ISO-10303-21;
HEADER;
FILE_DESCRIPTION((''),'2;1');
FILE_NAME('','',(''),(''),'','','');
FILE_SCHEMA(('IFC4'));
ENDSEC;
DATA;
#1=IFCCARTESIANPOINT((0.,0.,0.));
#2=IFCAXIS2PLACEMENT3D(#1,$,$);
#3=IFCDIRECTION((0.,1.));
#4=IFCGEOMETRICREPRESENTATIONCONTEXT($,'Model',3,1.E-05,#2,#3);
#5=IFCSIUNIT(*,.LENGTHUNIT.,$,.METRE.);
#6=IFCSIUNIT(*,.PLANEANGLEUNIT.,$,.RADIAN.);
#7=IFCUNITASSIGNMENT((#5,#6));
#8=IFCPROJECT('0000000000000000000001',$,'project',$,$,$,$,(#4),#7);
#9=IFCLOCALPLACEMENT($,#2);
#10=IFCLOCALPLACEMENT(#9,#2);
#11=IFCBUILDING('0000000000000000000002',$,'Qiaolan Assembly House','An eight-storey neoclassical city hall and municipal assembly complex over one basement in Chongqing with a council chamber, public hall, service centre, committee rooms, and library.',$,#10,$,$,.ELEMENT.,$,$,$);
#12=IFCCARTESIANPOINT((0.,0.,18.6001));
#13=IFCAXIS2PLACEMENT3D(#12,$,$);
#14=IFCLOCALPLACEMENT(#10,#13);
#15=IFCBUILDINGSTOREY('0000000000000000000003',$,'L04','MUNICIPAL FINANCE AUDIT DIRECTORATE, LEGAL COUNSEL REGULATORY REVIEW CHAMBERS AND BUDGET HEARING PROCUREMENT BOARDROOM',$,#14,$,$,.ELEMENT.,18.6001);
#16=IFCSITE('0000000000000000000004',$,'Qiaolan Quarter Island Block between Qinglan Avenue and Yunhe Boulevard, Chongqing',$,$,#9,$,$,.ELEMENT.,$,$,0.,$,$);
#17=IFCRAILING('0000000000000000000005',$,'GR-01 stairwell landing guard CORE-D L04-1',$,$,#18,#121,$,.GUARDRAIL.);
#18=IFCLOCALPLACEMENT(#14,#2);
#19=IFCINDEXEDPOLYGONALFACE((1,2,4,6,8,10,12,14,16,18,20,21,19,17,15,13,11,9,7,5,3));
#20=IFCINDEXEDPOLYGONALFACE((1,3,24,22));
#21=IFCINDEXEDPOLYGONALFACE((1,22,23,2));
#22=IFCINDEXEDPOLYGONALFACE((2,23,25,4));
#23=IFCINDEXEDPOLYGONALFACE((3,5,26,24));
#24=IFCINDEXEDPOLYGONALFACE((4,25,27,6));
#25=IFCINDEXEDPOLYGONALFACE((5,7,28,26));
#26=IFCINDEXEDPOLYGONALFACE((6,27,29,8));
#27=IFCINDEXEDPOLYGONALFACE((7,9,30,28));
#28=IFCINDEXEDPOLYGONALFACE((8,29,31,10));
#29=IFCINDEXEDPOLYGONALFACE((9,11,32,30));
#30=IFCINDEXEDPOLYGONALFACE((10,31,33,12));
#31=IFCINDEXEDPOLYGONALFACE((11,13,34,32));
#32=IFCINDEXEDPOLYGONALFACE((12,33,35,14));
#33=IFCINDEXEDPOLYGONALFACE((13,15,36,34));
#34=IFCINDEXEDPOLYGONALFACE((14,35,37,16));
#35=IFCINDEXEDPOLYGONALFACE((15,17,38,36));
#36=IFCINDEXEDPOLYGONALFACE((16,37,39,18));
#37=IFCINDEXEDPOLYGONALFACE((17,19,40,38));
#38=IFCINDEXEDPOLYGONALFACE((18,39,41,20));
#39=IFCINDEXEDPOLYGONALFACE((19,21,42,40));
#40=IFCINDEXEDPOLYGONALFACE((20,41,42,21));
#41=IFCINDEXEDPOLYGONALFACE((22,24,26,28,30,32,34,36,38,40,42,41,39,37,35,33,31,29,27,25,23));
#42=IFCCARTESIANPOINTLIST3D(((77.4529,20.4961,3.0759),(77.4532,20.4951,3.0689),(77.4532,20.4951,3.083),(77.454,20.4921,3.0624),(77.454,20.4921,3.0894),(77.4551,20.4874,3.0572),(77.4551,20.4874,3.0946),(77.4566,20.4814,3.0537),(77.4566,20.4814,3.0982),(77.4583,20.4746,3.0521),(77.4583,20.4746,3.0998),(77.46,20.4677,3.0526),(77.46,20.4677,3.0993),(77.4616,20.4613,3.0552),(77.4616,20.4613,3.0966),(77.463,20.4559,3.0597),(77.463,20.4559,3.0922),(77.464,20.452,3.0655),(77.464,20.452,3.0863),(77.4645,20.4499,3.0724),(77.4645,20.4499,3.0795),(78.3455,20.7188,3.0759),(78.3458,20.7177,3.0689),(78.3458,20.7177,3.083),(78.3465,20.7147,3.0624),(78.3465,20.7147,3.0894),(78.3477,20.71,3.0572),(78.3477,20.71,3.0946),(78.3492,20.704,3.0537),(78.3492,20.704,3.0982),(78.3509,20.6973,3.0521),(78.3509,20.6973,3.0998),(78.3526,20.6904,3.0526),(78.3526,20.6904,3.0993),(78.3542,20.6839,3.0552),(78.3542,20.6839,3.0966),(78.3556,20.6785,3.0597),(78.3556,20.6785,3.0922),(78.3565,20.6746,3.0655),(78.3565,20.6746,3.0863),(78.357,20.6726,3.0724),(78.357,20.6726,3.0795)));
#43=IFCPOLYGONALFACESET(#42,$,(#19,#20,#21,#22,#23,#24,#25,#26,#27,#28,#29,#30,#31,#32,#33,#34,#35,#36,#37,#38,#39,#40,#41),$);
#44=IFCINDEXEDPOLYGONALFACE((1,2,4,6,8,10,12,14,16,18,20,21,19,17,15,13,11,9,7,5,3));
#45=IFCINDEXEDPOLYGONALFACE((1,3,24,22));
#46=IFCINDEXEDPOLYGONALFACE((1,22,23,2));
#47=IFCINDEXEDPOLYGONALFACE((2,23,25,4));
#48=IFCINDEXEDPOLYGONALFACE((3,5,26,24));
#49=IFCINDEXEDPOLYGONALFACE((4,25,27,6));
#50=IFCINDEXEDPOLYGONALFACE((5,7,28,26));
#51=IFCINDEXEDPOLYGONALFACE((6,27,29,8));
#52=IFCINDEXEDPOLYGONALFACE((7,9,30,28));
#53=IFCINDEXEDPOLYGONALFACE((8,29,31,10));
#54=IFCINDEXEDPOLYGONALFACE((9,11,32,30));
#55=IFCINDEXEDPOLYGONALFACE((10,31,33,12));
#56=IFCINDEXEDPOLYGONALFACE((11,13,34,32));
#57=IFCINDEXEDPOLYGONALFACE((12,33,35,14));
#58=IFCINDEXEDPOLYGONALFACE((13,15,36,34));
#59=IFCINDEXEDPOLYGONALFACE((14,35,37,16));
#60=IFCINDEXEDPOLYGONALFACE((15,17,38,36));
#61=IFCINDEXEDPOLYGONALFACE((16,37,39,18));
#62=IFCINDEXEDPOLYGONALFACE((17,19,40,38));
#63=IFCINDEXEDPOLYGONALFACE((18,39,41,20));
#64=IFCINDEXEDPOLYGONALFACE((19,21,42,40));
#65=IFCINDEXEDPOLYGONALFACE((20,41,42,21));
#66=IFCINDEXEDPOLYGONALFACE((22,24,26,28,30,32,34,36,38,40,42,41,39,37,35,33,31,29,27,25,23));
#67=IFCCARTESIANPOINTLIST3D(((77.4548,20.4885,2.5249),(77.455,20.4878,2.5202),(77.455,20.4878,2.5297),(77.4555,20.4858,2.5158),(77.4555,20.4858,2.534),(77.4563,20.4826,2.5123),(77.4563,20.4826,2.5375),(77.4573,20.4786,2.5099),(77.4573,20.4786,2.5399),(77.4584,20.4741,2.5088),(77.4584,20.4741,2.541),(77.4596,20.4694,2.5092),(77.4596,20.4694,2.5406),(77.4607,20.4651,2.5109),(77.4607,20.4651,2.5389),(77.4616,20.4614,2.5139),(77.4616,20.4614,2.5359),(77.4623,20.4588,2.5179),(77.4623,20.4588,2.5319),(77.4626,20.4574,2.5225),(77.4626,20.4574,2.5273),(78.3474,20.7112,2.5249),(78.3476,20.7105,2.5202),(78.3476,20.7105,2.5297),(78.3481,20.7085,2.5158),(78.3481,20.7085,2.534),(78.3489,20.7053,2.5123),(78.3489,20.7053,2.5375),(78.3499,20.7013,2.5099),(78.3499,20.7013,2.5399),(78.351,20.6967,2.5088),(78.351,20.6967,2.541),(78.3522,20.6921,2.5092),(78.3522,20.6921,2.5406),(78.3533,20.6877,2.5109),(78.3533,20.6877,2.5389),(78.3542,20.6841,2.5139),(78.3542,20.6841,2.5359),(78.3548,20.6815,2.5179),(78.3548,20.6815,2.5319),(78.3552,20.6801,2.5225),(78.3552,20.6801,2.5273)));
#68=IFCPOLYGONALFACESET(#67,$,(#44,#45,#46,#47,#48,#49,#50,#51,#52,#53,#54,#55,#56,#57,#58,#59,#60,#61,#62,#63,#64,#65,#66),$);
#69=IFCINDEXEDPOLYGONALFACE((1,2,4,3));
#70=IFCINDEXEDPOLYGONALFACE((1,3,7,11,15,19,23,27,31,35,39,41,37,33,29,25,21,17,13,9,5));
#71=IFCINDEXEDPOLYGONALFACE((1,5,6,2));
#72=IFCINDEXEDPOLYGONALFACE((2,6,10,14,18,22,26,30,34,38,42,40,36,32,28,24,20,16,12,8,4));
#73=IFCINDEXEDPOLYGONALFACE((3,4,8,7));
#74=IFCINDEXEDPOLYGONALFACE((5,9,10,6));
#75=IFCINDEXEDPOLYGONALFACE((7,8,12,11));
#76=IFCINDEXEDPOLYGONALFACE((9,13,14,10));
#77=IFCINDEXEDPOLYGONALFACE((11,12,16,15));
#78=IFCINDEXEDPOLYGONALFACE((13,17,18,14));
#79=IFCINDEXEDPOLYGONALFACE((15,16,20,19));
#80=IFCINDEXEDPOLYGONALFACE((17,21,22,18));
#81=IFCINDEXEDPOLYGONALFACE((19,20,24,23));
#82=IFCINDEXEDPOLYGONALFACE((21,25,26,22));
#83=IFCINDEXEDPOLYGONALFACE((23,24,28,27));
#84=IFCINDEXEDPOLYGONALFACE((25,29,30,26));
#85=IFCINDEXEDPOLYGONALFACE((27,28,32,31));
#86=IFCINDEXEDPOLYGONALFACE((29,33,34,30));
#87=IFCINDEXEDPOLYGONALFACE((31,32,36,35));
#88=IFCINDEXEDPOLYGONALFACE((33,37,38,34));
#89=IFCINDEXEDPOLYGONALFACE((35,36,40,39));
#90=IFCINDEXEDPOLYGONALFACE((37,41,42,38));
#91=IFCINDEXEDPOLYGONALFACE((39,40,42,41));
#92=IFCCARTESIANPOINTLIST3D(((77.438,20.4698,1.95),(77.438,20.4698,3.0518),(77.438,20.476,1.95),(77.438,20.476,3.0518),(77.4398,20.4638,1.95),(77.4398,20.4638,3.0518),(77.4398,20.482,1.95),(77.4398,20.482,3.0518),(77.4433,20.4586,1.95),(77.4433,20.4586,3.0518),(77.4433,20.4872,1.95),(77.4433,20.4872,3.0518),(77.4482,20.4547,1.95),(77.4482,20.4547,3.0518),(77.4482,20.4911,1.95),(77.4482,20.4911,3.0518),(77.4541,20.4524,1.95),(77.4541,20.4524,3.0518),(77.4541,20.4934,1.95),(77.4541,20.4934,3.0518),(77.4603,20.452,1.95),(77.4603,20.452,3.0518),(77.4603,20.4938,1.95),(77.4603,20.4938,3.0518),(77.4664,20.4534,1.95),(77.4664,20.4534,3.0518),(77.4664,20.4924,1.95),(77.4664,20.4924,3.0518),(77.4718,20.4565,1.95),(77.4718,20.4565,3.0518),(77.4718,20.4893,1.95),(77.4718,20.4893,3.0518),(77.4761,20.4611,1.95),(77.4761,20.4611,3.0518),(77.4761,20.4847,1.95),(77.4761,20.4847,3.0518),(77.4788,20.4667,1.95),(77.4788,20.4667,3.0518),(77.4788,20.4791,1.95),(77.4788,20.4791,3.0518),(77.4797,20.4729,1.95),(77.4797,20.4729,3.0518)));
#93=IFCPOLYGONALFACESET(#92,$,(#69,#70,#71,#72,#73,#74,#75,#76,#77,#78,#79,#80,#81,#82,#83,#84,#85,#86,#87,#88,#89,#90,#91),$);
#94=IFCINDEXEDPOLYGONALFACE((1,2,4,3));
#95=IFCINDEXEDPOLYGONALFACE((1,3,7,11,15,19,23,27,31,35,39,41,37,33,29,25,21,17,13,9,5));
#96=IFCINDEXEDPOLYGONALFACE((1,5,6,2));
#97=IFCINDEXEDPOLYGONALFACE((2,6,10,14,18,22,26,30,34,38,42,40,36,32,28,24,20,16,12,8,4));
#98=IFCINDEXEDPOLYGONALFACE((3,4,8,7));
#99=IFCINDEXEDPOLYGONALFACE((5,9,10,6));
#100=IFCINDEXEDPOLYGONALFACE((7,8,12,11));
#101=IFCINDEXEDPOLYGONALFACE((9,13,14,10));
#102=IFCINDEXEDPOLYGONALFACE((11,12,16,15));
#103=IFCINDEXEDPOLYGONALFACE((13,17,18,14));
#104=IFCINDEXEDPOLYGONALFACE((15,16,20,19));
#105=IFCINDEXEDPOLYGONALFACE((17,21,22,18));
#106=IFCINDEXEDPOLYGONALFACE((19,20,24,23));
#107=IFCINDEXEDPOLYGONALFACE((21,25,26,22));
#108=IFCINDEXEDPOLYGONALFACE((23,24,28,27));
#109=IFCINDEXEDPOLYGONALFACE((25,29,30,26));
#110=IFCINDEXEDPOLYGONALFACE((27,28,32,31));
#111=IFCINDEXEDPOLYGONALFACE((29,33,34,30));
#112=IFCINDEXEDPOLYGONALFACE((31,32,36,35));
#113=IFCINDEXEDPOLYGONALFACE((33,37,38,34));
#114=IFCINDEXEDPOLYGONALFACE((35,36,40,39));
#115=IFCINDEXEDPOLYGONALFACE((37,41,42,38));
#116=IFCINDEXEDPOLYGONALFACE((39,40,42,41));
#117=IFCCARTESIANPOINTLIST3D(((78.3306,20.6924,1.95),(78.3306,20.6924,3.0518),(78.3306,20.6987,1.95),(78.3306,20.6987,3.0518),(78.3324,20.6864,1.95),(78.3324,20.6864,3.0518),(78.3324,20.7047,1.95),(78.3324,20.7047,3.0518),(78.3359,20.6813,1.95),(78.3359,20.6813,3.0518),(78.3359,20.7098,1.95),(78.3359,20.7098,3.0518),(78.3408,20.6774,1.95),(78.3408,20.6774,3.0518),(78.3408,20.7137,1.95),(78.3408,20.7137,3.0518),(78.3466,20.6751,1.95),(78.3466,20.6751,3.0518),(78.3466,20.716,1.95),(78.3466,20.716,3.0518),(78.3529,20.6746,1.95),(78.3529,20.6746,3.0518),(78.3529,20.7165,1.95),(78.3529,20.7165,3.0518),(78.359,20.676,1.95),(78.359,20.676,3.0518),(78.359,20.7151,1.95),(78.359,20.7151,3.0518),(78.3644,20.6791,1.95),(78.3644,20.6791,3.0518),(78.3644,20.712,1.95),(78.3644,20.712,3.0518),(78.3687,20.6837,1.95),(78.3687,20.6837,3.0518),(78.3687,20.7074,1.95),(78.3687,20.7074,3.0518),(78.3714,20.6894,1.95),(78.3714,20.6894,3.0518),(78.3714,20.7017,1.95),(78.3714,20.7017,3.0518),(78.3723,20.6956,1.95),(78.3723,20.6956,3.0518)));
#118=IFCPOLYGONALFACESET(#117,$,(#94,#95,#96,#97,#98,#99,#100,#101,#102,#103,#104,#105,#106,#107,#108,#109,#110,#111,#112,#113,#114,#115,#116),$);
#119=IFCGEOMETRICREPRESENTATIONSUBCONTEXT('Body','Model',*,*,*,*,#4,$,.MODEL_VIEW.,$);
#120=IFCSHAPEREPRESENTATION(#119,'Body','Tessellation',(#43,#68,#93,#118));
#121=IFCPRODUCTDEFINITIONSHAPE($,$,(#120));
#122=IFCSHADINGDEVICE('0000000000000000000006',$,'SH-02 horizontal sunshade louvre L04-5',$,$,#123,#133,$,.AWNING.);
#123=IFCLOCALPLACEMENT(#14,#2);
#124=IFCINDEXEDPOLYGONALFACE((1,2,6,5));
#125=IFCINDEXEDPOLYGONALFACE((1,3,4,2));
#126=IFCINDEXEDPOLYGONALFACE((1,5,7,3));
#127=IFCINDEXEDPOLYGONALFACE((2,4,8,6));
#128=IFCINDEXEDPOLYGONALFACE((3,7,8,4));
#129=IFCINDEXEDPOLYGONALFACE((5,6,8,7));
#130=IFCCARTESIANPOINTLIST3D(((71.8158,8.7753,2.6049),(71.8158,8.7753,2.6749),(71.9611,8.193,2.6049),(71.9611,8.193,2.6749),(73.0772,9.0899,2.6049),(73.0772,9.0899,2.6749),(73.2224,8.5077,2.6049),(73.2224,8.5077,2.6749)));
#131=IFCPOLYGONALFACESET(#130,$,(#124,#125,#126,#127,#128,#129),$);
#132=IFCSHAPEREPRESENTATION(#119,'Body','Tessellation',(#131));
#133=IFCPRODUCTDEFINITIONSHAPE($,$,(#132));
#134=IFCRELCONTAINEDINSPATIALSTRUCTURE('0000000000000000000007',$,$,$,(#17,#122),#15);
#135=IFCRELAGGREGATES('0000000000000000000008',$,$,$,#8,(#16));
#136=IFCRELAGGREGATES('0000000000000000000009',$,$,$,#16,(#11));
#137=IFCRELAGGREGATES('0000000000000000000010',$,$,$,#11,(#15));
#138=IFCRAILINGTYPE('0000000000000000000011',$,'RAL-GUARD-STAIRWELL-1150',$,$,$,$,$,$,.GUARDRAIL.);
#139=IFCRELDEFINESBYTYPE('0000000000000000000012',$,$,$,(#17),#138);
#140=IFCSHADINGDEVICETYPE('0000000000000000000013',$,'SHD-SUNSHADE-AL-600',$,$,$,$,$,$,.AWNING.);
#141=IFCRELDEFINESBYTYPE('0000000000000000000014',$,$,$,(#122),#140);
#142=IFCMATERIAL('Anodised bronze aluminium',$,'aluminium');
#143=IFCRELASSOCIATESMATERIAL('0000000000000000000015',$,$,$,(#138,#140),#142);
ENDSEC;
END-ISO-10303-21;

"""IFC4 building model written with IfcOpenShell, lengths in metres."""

from ifc_helpers import new_model, si_unit, direction, frame, origin, origin_2d, place, context, subcontext, project, spatial, rectangle, circle, extrude, material, material_profile, profile_set, type_object, element, save


model = new_model("IFC4")

# Units and contexts
model_context = context("Model", 3, precision=1e-05, world=origin(), true_north=direction((0.0, 1.0)))
body_context = subcontext(model_context, "Body", "Model", "MODEL_VIEW")
ifc_project = project(units=[si_unit("LENGTHUNIT", "METRE"), si_unit("PLANEANGLEUNIT", "RADIAN")], contexts=[model_context])

# Site, building, storey
site_placement = place(None, origin())
site = spatial("IfcSite", under=ifc_project, at=site_placement, Name="Qiaolan Quarter Island Block between Qinglan Avenue and Yunhe Boulevard, Chongqing", CompositionType="ELEMENT", RefElevation=0.0)
building_placement = place(site_placement, origin())
building = spatial("IfcBuilding", under=site, at=building_placement, Name="Qiaolan Assembly House", Description="An eight-storey neoclassical city hall and municipal assembly complex over one basement in Chongqing with a council chamber, public hall, service centre, committee rooms, and library.", CompositionType="ELEMENT")
storey_placement = place(building_placement, frame((0.0, 0.0, 18.6001)))
storey = spatial("IfcBuildingStorey", under=building, at=storey_placement, Name="L04", Description="MUNICIPAL FINANCE AUDIT DIRECTORATE, LEGAL COUNSEL REGULATORY REVIEW CHAMBERS AND BUDGET HEARING PROCUREMENT BOARDROOM", CompositionType="ELEMENT", Elevation=18.6001)

# Railing
ifc_material_1 = material(Name="Anodised bronze aluminium", Category="aluminium")
railing_type = type_object("IfcRailingType", Name="RAL-GUARD-STAIRWELL-1150", PredefinedType="GUARDRAIL", material=ifc_material_1)
railing_placement = place(storey_placement, frame((77.4587, 20.4729, 1.95)))
element("IfcRailing", 1, at=railing_placement, inside=storey, type_object=railing_type, Name="GR-01 stairwell landing guard CORE-D L04-1", PredefinedType="GUARDRAIL", context=body_context, shape_type="SweptSolid", body=[
    extrude(circle(Radius=0.0239, at=origin_2d()), frame((0.0, 0.0, 1.126), z_axis=(0.970267, 0.242036, 0.0), x_axis=(-0.242036, 0.970267, 0.0)), (0.0, 0.0, 1.0), 0.9199),
    extrude(circle(Radius=0.0161, at=origin_2d()), frame((0.0, 0.0, 0.575), z_axis=(0.970267, 0.242036, 0.0), x_axis=(-0.242036, 0.970267, 0.0)), (0.0, 0.0, 1.0), 0.9199),
    extrude(circle(Radius=0.021, at=origin_2d()), origin(), (0.0, 0.0, 1.0), 1.1018),
    extrude(circle(Radius=0.021, at=origin_2d()), frame((0.8926, 0.2227, 0.0)), (0.0, 0.0, 1.0), 1.1018),
])

# Shading device
ifc_material_profile_1 = material_profile(ifc_material_1, rectangle(XDim=0.6001, YDim=0.0701, at=origin_2d()), Name="SHD 600x70")
ifc_profile_set_1 = profile_set([ifc_material_profile_1], Name="Anodised bronze aluminium")
shading_device_type = type_object("IfcShadingDeviceType", Name="SHD-SUNSHADE-AL-600", PredefinedType="AWNING", material=ifc_profile_set_1)
shading_device_placement = place(storey_placement, frame((71.8884, 8.4841, 2.6399), z_axis=(0.970264, 0.24205, 0.0), x_axis=(-0.24205, 0.970264, 0.0)))
element("IfcShadingDevice", 2, at=shading_device_placement, inside=storey, type_object=shading_device_type, Name="SH-02 horizontal sunshade louvre L04-5", PredefinedType="AWNING", context=body_context, shape_type="SweptSolid", body=[
    extrude(rectangle(XDim=0.6001, YDim=0.0701, at=origin_2d()), origin(), (0.0, 0.0, 1.0), 1.3),
])

save(model, "model.ifc")
